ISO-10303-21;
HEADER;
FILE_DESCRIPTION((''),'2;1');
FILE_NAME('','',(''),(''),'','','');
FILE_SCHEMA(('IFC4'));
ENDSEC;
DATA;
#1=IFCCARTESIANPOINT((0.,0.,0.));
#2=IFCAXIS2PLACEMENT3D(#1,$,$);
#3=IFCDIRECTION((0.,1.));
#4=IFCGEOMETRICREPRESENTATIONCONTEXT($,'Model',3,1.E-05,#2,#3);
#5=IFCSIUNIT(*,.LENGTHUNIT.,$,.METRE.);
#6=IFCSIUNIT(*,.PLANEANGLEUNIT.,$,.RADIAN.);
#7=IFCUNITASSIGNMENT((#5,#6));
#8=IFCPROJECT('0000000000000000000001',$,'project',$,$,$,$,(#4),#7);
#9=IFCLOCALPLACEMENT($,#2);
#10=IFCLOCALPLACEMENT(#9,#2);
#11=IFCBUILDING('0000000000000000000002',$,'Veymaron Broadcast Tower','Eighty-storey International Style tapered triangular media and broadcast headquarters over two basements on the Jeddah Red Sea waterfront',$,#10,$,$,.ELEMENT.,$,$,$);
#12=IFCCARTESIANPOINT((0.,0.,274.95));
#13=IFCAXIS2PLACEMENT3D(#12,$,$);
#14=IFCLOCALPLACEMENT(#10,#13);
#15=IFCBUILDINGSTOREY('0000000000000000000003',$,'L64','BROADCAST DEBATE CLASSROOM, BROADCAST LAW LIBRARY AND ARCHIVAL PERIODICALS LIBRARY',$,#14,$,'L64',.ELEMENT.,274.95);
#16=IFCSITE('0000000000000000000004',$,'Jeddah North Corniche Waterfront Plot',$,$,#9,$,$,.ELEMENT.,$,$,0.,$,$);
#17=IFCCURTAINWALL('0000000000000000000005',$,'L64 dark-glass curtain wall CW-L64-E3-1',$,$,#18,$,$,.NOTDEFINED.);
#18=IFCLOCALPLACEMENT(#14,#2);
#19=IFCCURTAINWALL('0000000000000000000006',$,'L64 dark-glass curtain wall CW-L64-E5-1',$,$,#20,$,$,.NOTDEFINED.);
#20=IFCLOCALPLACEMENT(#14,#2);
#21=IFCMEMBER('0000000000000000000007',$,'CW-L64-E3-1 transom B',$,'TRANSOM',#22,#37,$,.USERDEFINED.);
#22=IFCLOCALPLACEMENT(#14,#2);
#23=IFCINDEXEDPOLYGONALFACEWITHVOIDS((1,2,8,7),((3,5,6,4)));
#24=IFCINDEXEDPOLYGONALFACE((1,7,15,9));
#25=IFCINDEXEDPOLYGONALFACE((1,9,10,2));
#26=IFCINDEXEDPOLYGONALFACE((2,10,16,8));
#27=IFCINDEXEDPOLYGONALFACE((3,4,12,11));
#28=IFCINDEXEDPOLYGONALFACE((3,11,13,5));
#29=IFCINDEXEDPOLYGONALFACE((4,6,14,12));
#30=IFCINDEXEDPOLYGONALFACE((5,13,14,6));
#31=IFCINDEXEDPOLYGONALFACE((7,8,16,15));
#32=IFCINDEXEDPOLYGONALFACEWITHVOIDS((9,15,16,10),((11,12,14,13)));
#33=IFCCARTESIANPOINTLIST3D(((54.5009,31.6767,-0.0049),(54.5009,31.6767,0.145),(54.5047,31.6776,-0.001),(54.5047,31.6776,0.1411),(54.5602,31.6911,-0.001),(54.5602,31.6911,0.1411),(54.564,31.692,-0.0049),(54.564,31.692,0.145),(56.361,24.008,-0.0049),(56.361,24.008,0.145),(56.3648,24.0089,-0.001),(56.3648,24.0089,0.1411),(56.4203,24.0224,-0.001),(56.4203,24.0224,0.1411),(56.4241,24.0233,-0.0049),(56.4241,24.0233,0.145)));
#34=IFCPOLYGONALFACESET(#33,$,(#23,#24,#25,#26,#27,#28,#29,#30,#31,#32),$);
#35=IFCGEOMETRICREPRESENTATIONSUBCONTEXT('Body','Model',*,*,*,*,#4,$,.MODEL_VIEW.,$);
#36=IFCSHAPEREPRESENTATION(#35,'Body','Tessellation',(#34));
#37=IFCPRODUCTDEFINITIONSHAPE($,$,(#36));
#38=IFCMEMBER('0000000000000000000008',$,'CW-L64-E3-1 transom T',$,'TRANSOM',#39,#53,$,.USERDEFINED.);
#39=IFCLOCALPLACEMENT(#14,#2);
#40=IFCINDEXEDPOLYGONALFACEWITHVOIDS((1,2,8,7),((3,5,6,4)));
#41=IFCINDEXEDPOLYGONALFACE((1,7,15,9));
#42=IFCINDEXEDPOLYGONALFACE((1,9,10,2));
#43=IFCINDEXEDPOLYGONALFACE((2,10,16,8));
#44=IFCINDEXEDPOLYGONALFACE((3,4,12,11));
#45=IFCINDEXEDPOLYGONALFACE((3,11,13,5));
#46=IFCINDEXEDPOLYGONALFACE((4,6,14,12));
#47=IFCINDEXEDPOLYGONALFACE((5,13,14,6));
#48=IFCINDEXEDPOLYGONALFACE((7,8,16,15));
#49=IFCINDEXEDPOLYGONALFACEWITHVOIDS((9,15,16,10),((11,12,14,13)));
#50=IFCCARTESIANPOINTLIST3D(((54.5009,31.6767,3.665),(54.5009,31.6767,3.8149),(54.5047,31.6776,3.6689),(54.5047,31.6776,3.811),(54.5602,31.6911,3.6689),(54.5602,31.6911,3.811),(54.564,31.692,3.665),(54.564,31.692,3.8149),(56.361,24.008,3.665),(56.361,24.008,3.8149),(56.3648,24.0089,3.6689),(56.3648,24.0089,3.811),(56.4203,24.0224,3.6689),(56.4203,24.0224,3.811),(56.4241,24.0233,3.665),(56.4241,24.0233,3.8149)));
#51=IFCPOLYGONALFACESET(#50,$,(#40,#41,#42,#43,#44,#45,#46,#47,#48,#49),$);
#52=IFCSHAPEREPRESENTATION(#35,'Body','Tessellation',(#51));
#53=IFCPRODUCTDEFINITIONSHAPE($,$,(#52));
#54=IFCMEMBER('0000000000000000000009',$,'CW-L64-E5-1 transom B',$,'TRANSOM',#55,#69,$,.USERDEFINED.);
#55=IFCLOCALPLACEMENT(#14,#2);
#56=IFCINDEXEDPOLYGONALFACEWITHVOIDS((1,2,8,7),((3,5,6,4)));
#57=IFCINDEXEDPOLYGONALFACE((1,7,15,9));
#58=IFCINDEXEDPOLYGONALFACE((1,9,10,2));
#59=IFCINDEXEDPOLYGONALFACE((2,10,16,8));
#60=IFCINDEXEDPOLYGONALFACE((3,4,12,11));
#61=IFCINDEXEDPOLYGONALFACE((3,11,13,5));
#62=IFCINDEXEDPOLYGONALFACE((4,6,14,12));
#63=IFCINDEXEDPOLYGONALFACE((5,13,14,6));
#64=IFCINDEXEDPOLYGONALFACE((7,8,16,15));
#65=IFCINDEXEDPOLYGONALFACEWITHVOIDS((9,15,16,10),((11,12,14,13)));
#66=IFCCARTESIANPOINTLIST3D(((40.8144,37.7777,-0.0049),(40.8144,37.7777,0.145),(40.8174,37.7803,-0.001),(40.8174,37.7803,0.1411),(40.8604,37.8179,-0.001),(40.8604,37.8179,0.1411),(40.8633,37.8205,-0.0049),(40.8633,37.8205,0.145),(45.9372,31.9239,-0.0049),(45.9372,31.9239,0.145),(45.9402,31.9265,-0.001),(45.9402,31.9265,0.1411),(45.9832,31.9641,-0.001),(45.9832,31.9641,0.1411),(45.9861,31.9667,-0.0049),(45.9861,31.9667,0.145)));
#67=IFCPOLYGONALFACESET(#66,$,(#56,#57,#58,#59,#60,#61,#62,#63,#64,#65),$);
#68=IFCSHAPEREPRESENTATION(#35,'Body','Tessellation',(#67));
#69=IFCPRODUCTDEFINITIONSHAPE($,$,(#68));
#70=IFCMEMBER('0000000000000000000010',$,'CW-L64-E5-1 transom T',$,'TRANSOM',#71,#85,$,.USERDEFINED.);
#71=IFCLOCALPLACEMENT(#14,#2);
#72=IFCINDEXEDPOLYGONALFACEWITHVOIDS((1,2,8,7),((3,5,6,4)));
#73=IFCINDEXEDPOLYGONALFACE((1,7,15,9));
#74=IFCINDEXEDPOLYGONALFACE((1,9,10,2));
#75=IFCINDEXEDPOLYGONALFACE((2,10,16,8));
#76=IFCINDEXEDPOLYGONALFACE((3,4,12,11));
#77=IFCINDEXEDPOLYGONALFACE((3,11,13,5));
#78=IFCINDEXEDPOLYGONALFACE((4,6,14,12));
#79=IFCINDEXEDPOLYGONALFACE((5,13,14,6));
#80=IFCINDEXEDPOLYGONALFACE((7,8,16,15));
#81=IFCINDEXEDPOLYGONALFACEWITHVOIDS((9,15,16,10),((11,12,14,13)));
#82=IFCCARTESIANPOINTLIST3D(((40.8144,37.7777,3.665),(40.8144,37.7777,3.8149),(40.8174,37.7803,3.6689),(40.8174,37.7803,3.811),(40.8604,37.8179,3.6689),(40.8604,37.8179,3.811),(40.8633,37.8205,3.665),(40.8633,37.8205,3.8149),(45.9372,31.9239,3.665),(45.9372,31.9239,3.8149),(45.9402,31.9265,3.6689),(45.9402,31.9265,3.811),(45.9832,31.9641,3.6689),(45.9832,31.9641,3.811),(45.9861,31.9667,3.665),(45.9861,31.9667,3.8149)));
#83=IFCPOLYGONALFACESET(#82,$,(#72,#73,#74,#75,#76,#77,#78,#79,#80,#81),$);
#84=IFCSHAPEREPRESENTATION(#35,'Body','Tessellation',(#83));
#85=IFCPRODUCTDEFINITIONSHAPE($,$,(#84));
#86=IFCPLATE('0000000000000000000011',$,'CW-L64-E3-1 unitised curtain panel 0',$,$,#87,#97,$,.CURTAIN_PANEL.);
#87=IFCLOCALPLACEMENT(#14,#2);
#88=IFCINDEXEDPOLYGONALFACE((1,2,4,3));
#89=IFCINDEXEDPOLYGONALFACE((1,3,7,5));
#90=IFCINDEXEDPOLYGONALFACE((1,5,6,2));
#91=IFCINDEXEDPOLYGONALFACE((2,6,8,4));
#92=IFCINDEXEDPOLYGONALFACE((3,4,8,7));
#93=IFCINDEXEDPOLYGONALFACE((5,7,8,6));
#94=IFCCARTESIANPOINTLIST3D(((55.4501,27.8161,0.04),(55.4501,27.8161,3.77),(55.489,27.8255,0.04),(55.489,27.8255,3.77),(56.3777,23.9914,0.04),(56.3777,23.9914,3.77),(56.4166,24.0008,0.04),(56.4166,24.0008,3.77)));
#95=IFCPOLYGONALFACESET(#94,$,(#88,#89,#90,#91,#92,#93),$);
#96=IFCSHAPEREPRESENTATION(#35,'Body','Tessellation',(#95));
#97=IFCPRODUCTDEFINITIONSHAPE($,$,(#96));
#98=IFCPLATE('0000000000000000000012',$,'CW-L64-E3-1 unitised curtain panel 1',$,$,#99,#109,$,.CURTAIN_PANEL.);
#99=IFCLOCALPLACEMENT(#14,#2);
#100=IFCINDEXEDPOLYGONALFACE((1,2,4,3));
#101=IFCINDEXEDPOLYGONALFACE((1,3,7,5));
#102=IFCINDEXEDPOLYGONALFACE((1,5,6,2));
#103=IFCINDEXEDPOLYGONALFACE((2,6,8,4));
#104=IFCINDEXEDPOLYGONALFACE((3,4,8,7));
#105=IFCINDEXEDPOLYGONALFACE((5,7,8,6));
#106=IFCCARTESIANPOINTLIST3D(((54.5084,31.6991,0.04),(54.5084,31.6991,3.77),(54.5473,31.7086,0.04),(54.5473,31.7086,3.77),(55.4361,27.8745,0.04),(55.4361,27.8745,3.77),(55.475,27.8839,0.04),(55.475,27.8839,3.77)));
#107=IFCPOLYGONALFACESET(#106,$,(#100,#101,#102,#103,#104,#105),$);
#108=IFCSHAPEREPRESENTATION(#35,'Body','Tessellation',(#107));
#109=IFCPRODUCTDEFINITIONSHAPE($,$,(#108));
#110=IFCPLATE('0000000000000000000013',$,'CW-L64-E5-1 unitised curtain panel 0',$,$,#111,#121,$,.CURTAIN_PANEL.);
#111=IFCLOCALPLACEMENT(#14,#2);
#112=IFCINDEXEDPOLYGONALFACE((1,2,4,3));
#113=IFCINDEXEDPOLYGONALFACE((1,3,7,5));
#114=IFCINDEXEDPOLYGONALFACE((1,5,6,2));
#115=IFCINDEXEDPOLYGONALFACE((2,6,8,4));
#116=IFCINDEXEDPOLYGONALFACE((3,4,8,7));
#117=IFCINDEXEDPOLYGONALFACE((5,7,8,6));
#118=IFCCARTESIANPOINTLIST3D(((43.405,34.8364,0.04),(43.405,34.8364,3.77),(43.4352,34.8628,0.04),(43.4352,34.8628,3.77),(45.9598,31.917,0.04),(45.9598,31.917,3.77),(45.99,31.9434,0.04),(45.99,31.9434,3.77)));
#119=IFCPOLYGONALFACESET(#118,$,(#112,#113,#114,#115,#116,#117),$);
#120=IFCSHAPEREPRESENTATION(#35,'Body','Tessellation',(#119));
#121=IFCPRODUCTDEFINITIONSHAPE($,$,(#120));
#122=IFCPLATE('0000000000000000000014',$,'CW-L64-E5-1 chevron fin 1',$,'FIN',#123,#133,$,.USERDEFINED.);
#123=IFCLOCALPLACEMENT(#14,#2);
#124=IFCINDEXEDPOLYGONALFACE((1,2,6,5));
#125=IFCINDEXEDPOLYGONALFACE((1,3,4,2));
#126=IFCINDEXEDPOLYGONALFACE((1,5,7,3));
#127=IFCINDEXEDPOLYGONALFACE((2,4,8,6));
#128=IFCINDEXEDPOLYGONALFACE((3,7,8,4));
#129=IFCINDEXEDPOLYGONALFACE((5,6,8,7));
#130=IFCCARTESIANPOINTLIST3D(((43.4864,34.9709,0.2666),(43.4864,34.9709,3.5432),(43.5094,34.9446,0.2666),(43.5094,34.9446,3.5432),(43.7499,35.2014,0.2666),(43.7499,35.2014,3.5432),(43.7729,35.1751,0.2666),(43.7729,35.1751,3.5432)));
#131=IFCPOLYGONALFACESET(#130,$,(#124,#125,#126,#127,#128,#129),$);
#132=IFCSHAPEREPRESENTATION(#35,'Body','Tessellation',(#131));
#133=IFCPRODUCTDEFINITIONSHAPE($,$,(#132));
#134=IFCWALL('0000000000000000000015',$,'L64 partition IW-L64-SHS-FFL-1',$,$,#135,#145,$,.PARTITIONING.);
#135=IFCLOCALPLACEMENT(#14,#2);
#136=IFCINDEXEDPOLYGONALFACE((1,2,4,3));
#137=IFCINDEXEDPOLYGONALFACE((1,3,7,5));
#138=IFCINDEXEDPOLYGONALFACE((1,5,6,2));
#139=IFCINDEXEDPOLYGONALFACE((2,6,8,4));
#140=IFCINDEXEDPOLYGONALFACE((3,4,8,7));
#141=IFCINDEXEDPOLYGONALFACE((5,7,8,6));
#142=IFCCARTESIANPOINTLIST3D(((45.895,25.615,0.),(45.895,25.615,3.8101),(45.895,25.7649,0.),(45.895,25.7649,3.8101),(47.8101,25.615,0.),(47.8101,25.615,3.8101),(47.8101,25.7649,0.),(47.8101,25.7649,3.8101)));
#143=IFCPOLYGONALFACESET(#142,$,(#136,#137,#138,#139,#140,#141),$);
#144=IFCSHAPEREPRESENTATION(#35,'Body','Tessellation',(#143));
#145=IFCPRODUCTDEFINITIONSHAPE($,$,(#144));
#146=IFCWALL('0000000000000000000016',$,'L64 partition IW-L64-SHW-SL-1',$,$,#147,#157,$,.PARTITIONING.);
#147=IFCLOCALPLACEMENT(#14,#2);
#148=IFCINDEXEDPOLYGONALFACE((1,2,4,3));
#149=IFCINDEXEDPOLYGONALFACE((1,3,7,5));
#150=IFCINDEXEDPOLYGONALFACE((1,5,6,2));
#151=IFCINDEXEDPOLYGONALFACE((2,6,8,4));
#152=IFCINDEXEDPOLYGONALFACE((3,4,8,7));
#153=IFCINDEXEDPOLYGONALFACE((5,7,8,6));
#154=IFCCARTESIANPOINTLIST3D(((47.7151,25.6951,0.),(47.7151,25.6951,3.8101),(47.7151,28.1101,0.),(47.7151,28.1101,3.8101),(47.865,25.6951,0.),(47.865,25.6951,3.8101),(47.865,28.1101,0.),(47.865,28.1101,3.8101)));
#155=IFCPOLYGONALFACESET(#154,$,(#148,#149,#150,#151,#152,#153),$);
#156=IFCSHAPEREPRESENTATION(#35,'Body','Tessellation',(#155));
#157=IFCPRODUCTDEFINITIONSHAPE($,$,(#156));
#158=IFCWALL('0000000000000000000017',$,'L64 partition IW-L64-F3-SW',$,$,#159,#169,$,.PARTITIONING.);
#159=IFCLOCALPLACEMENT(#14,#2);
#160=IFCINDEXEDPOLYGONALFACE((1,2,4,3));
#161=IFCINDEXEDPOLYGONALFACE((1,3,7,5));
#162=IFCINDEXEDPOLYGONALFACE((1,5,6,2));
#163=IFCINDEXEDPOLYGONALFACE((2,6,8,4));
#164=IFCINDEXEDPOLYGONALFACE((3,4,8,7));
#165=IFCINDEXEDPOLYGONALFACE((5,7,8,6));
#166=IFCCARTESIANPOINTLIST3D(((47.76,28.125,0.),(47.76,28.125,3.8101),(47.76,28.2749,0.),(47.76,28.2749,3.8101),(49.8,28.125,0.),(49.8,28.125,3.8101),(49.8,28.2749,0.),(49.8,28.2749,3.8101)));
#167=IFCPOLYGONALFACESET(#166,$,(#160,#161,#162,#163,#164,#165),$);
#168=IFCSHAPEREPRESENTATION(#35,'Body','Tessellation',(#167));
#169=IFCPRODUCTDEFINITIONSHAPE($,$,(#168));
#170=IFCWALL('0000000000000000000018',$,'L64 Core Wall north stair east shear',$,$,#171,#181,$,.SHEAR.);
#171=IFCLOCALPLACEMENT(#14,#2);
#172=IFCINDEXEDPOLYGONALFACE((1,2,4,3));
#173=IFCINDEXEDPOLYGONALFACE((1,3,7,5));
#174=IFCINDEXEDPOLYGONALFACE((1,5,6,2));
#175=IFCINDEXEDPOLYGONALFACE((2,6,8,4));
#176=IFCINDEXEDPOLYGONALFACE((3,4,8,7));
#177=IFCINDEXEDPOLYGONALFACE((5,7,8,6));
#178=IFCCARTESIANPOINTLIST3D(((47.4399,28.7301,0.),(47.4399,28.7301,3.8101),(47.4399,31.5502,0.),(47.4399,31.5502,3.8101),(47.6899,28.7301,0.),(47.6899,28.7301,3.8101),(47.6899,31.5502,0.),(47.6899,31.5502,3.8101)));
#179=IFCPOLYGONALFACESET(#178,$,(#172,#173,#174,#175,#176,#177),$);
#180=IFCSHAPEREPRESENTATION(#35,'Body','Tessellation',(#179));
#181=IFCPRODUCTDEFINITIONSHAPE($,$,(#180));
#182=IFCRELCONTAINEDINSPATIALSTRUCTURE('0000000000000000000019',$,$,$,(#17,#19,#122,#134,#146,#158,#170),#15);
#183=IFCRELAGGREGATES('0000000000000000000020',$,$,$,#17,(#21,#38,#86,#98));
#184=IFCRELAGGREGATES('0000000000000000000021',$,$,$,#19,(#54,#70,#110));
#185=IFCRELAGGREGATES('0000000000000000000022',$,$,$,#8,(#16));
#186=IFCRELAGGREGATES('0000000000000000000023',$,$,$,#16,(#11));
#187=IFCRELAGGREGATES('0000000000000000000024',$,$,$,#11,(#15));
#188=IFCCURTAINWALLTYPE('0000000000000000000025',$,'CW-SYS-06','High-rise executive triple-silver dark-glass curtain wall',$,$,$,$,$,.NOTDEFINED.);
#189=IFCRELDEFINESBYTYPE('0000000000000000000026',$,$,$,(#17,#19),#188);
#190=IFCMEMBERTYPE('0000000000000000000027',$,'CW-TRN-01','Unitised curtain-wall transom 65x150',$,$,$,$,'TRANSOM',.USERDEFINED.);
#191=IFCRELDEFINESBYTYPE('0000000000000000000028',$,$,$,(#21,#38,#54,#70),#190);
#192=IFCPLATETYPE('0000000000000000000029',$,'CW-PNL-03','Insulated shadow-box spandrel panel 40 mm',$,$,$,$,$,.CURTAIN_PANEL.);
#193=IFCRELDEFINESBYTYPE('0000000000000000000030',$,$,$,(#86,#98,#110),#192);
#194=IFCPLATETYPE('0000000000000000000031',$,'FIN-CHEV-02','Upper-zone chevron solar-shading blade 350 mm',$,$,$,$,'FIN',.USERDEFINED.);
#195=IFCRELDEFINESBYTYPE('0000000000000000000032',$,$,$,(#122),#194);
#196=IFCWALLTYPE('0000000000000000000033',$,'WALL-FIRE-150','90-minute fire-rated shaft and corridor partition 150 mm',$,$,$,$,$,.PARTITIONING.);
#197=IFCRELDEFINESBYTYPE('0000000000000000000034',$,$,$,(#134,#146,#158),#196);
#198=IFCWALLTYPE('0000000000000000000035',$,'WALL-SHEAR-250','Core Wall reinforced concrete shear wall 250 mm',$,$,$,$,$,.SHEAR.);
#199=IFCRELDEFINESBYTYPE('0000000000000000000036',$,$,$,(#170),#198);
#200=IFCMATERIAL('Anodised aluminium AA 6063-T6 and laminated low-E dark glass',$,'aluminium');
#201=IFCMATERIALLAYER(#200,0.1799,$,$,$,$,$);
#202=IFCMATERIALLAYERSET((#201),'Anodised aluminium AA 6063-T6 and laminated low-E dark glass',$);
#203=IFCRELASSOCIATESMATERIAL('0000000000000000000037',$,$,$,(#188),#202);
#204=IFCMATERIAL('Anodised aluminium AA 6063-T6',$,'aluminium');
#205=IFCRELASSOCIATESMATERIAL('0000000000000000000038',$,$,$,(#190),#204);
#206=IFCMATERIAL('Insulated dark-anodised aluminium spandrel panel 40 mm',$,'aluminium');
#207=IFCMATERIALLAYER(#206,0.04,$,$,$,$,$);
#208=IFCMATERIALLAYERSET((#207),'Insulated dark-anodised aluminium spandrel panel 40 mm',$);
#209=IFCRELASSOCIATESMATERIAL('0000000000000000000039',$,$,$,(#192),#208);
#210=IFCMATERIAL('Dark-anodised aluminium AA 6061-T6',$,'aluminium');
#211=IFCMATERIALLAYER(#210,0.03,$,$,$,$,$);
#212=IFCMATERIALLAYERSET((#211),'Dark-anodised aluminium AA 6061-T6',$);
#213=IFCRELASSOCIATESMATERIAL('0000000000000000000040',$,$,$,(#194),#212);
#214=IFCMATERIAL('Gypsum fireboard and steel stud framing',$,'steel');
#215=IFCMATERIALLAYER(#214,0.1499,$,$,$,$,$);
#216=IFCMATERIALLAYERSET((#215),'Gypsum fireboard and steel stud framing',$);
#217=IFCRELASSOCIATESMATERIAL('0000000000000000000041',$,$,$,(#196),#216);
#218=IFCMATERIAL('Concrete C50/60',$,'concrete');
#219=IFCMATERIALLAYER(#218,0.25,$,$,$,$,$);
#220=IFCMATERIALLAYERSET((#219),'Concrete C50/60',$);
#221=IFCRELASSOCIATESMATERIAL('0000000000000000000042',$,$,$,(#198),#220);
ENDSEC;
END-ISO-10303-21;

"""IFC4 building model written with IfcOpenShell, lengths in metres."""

from ifc_helpers import new_model, si_unit, direction, frame, frame_2d, origin, origin_2d, place, context, subcontext, project, spatial, rectangle, hollow_rectangle, extrude, material, layer, layer_set, material_profile, profile_set, type_object, element, aggregate, save


model = new_model("IFC4")

# Units and contexts
model_context = context("Model", 3, precision=1e-05, world=origin(), true_north=direction((0.0, 1.0)))
body_context = subcontext(model_context, "Body", "Model", "MODEL_VIEW")
ifc_project = project(units=[si_unit("LENGTHUNIT", "METRE"), si_unit("PLANEANGLEUNIT", "RADIAN")], contexts=[model_context])

# Site, building, storey
site_placement = place(None, origin())
site = spatial("IfcSite", under=ifc_project, at=site_placement, Name="Jeddah North Corniche Waterfront Plot", CompositionType="ELEMENT", RefElevation=0.0)
building_placement = place(site_placement, origin())
building = spatial("IfcBuilding", under=site, at=building_placement, Name="Veymaron Broadcast Tower", Description="Eighty-storey International Style tapered triangular media and broadcast headquarters over two basements on the Jeddah Red Sea waterfront", CompositionType="ELEMENT")
storey_placement = place(building_placement, frame((0.0, 0.0, 274.95)))
storey = spatial("IfcBuildingStorey", under=building, at=storey_placement, Name="L64", Description="BROADCAST DEBATE CLASSROOM, BROADCAST LAW LIBRARY AND ARCHIVAL PERIODICALS LIBRARY", LongName="L64", CompositionType="ELEMENT", Elevation=274.95)

# Shared definitions
ifc_material_1 = material(Name="Anodised aluminium AA 6063-T6 and laminated low-E dark glass", Category="aluminium")
ifc_layer_1 = layer(ifc_material_1, 0.1799)
ifc_layer_set_1 = layer_set([ifc_layer_1], Name="Anodised aluminium AA 6063-T6 and laminated low-E dark glass")
curtain_wall_type = type_object("IfcCurtainWallType", Name="CW-SYS-06", Description="High-rise executive triple-silver dark-glass curtain wall", PredefinedType="NOTDEFINED", material=ifc_layer_set_1)
ifc_material_2 = material(Name="Anodised aluminium AA 6063-T6", Category="aluminium")

# Curtain wall
curtain_wall_1_placement = place(storey_placement, origin())
curtain_wall_1 = element("IfcCurtainWall", 1, at=curtain_wall_1_placement, inside=storey, type_object=curtain_wall_type, Name="L64 dark-glass curtain wall CW-L64-E3-1", PredefinedType="NOTDEFINED")

# Curtain wall
curtain_wall_2_placement = place(storey_placement, origin())
curtain_wall_2 = element("IfcCurtainWall", 2, at=curtain_wall_2_placement, inside=storey, type_object=curtain_wall_type, Name="L64 dark-glass curtain wall CW-L64-E5-1", PredefinedType="NOTDEFINED")

# Members
ifc_material_profile_1 = material_profile(ifc_material_2, hollow_rectangle(XDim=0.0649, YDim=0.1499, WallThickness=0.0039, at=origin_2d()), Name="AL150X65X4")
ifc_profile_set_1 = profile_set([ifc_material_profile_1], Name="Anodised aluminium AA 6063-T6")
member_type_1 = type_object("IfcMemberType", Name="CW-TRN-01", Description="Unitised curtain-wall transom 65x150", ElementType="TRANSOM", PredefinedType="USERDEFINED", material=ifc_profile_set_1)
member_1_placement = place(storey_placement, frame((56.3926, 24.0156, 0.0701), z_axis=(-0.235723, 0.97182, 0.0), x_axis=(-0.97182, -0.235723, 0.0)))
member_1 = element("IfcMember", 3, at=member_1_placement, type_object=member_type_1, Name="CW-L64-E3-1 transom B", ObjectType="TRANSOM", PredefinedType="USERDEFINED", context=body_context, shape_type="SweptSolid", body=[
    extrude(hollow_rectangle(XDim=0.0649, YDim=0.1499, WallThickness=0.0039, at=origin_2d()), origin(), (0.0, 0.0, 1.0), 7.8911),
])
member_2_placement = place(storey_placement, frame((56.3926, 24.0156, 3.74), z_axis=(-0.235723, 0.97182, 0.0), x_axis=(-0.97182, -0.235723, 0.0)))
member_2 = element("IfcMember", 4, at=member_2_placement, type_object=member_type_1, Name="CW-L64-E3-1 transom T", ObjectType="TRANSOM", PredefinedType="USERDEFINED", context=body_context, shape_type="SweptSolid", body=[
    extrude(hollow_rectangle(XDim=0.0649, YDim=0.1499, WallThickness=0.0039, at=origin_2d()), origin(), (0.0, 0.0, 1.0), 7.8911),
])
member_3_placement = place(storey_placement, frame((45.9617, 31.9453, 0.0701), z_axis=(-0.65856, 0.752528, 0.0), x_axis=(-0.752528, -0.65856, 0.0)))
member_3 = element("IfcMember", 5, at=member_3_placement, type_object=member_type_1, Name="CW-L64-E5-1 transom B", ObjectType="TRANSOM", PredefinedType="USERDEFINED", context=body_context, shape_type="SweptSolid", body=[
    extrude(hollow_rectangle(XDim=0.0649, YDim=0.1499, WallThickness=0.0039, at=origin_2d()), origin(), (0.0, 0.0, 1.0), 7.7788),
])
member_4_placement = place(storey_placement, frame((45.9617, 31.9453, 3.74), z_axis=(-0.65856, 0.752528, 0.0), x_axis=(-0.752528, -0.65856, 0.0)))
member_4 = element("IfcMember", 6, at=member_4_placement, type_object=member_type_1, Name="CW-L64-E5-1 transom T", ObjectType="TRANSOM", PredefinedType="USERDEFINED", context=body_context, shape_type="SweptSolid", body=[
    extrude(hollow_rectangle(XDim=0.0649, YDim=0.1499, WallThickness=0.0039, at=origin_2d()), origin(), (0.0, 0.0, 1.0), 7.7788),
])

# Plates
ifc_material_3 = material(Name="Insulated dark-anodised aluminium spandrel panel 40 mm", Category="aluminium")
ifc_layer_2 = layer(ifc_material_3, 0.04)
ifc_layer_set_2 = layer_set([ifc_layer_2], Name="Insulated dark-anodised aluminium spandrel panel 40 mm")
plate_type_1 = type_object("IfcPlateType", Name="CW-PNL-03", Description="Insulated shadow-box spandrel panel 40 mm", PredefinedType="CURTAIN_PANEL", material=ifc_layer_set_2)
plate_1_placement = place(storey_placement, frame((55.9333, 25.9084, 0.04), z_axis=(0.0, 0.0, 1.0), x_axis=(-0.235702, 0.971825, 0.0)))
plate_1 = element("IfcPlate", 7, at=plate_1_placement, type_object=plate_type_1, Name="CW-L64-E3-1 unitised curtain panel 0", PredefinedType="CURTAIN_PANEL", context=body_context, shape_type="SweptSolid", body=[
    extrude(rectangle(XDim=3.9355, YDim=0.04, at=origin_2d()), origin(), (0.0, 0.0, 1.0), 3.73),
])
plate_2_placement = place(storey_placement, frame((54.9917, 29.7915, 0.04), z_axis=(0.0, 0.0, 1.0), x_axis=(-0.235702, 0.971825, 0.0)))
plate_2 = element("IfcPlate", 8, at=plate_2_placement, type_object=plate_type_1, Name="CW-L64-E3-1 unitised curtain panel 1", PredefinedType="CURTAIN_PANEL", context=body_context, shape_type="SweptSolid", body=[
    extrude(rectangle(XDim=3.9355, YDim=0.04, at=origin_2d()), origin(), (0.0, 0.0, 1.0), 3.73),
])
aggregate(curtain_wall_1, [member_1, member_2, plate_1, plate_2])
plate_3_placement = place(storey_placement, frame((44.6975, 33.3899, 0.04), z_axis=(0.0, 0.0, 1.0), x_axis=(-0.658558, 0.75253, 0.0)))
plate_3 = element("IfcPlate", 9, at=plate_3_placement, type_object=plate_type_1, Name="CW-L64-E5-1 unitised curtain panel 0", PredefinedType="CURTAIN_PANEL", context=body_context, shape_type="SweptSolid", body=[
    extrude(rectangle(XDim=3.8794, YDim=0.04, at=origin_2d()), origin(), (0.0, 0.0, 1.0), 3.73),
])
aggregate(curtain_wall_2, [member_3, member_4, plate_3])
ifc_material_4 = material(Name="Dark-anodised aluminium AA 6061-T6", Category="aluminium")
ifc_layer_3 = layer(ifc_material_4, 0.03)
ifc_layer_set_3 = layer_set([ifc_layer_3], Name="Dark-anodised aluminium AA 6061-T6")
plate_type_2 = type_object("IfcPlateType", Name="FIN-CHEV-02", Description="Upper-zone chevron solar-shading blade 350 mm", ElementType="FIN", PredefinedType="USERDEFINED", material=ifc_layer_set_3)
plate_4_placement = place(storey_placement, frame((43.6296, 35.073, 0.2666), z_axis=(0.0, 0.0, 1.0), x_axis=(0.75253, 0.658558, 0.0)))
element("IfcPlate", 10, at=plate_4_placement, inside=storey, type_object=plate_type_2, Name="CW-L64-E5-1 chevron fin 1", ObjectType="FIN", PredefinedType="USERDEFINED", context=body_context, shape_type="SweptSolid", body=[
    extrude(rectangle(XDim=0.3501, YDim=0.0349, at=origin_2d()), origin(), (0.0, 0.0, 1.0), 3.2766),
])

# Shared definitions
ifc_material_5 = material(Name="Gypsum fireboard and steel stud framing", Category="steel")
ifc_layer_4 = layer(ifc_material_5, 0.1499)
ifc_layer_set_4 = layer_set([ifc_layer_4], Name="Gypsum fireboard and steel stud framing")
wall_type_1 = type_object("IfcWallType", Name="WALL-FIRE-150", Description="90-minute fire-rated shaft and corridor partition 150 mm", PredefinedType="PARTITIONING", material=ifc_layer_set_4)

# Wall
wall_1_placement = place(storey_placement, frame((45.895, 25.6899, 0.0), z_axis=(0.0, 0.0, 1.0), x_axis=(1.0, 0.0, 0.0)))
element("IfcWall", 11, at=wall_1_placement, inside=storey, type_object=wall_type_1, Name="L64 partition IW-L64-SHS-FFL-1", PredefinedType="PARTITIONING", context=body_context, shape_type="SweptSolid", body=[
    extrude(rectangle(XDim=1.915, YDim=0.1499, at=frame_2d((0.9575, 0.0))), origin(), (0.0, 0.0, 1.0), 3.8101),
])

# Walls
wall_2_placement = place(storey_placement, frame((47.79, 25.6951, 0.0), z_axis=(0.0, 0.0, 1.0), x_axis=(0.0, 1.0, 0.0)))
element("IfcWall", 12, at=wall_2_placement, inside=storey, type_object=wall_type_1, Name="L64 partition IW-L64-SHW-SL-1", PredefinedType="PARTITIONING", context=body_context, shape_type="SweptSolid", body=[
    extrude(rectangle(XDim=2.415, YDim=0.1499, at=frame_2d((1.2075, 0.0))), origin(), (0.0, 0.0, 1.0), 3.8101),
])
wall_3_placement = place(storey_placement, frame((47.76, 28.2, 0.0), z_axis=(0.0, 0.0, 1.0), x_axis=(1.0, 0.0, 0.0)))
element("IfcWall", 13, at=wall_3_placement, inside=storey, type_object=wall_type_1, Name="L64 partition IW-L64-F3-SW", PredefinedType="PARTITIONING", context=body_context, shape_type="SweptSolid", body=[
    extrude(rectangle(XDim=2.04, YDim=0.1499, at=frame_2d((1.02, 0.0))), origin(), (0.0, 0.0, 1.0), 3.8101),
])
ifc_material_6 = material(Name="Concrete C50/60", Category="concrete")
ifc_layer_5 = layer(ifc_material_6, 0.25)
ifc_layer_set_5 = layer_set([ifc_layer_5], Name="Concrete C50/60")
wall_type_2 = type_object("IfcWallType", Name="WALL-SHEAR-250", Description="Core Wall reinforced concrete shear wall 250 mm", PredefinedType="SHEAR", material=ifc_layer_set_5)
wall_4_placement = place(storey_placement, frame((47.5649, 28.73, 0.0), z_axis=(0.0, 0.0, 1.0), x_axis=(0.0, 1.0, 0.0)))
element("IfcWall", 14, at=wall_4_placement, inside=storey, type_object=wall_type_2, Name="L64 Core Wall north stair east shear", PredefinedType="SHEAR", context=body_context, shape_type="SweptSolid", body=[
    extrude(rectangle(XDim=2.8201, YDim=0.25, at=frame_2d((1.4102, 0.0))), origin(), (0.0, 0.0, 1.0), 3.8101),
])

save(model, "model.ifc")
